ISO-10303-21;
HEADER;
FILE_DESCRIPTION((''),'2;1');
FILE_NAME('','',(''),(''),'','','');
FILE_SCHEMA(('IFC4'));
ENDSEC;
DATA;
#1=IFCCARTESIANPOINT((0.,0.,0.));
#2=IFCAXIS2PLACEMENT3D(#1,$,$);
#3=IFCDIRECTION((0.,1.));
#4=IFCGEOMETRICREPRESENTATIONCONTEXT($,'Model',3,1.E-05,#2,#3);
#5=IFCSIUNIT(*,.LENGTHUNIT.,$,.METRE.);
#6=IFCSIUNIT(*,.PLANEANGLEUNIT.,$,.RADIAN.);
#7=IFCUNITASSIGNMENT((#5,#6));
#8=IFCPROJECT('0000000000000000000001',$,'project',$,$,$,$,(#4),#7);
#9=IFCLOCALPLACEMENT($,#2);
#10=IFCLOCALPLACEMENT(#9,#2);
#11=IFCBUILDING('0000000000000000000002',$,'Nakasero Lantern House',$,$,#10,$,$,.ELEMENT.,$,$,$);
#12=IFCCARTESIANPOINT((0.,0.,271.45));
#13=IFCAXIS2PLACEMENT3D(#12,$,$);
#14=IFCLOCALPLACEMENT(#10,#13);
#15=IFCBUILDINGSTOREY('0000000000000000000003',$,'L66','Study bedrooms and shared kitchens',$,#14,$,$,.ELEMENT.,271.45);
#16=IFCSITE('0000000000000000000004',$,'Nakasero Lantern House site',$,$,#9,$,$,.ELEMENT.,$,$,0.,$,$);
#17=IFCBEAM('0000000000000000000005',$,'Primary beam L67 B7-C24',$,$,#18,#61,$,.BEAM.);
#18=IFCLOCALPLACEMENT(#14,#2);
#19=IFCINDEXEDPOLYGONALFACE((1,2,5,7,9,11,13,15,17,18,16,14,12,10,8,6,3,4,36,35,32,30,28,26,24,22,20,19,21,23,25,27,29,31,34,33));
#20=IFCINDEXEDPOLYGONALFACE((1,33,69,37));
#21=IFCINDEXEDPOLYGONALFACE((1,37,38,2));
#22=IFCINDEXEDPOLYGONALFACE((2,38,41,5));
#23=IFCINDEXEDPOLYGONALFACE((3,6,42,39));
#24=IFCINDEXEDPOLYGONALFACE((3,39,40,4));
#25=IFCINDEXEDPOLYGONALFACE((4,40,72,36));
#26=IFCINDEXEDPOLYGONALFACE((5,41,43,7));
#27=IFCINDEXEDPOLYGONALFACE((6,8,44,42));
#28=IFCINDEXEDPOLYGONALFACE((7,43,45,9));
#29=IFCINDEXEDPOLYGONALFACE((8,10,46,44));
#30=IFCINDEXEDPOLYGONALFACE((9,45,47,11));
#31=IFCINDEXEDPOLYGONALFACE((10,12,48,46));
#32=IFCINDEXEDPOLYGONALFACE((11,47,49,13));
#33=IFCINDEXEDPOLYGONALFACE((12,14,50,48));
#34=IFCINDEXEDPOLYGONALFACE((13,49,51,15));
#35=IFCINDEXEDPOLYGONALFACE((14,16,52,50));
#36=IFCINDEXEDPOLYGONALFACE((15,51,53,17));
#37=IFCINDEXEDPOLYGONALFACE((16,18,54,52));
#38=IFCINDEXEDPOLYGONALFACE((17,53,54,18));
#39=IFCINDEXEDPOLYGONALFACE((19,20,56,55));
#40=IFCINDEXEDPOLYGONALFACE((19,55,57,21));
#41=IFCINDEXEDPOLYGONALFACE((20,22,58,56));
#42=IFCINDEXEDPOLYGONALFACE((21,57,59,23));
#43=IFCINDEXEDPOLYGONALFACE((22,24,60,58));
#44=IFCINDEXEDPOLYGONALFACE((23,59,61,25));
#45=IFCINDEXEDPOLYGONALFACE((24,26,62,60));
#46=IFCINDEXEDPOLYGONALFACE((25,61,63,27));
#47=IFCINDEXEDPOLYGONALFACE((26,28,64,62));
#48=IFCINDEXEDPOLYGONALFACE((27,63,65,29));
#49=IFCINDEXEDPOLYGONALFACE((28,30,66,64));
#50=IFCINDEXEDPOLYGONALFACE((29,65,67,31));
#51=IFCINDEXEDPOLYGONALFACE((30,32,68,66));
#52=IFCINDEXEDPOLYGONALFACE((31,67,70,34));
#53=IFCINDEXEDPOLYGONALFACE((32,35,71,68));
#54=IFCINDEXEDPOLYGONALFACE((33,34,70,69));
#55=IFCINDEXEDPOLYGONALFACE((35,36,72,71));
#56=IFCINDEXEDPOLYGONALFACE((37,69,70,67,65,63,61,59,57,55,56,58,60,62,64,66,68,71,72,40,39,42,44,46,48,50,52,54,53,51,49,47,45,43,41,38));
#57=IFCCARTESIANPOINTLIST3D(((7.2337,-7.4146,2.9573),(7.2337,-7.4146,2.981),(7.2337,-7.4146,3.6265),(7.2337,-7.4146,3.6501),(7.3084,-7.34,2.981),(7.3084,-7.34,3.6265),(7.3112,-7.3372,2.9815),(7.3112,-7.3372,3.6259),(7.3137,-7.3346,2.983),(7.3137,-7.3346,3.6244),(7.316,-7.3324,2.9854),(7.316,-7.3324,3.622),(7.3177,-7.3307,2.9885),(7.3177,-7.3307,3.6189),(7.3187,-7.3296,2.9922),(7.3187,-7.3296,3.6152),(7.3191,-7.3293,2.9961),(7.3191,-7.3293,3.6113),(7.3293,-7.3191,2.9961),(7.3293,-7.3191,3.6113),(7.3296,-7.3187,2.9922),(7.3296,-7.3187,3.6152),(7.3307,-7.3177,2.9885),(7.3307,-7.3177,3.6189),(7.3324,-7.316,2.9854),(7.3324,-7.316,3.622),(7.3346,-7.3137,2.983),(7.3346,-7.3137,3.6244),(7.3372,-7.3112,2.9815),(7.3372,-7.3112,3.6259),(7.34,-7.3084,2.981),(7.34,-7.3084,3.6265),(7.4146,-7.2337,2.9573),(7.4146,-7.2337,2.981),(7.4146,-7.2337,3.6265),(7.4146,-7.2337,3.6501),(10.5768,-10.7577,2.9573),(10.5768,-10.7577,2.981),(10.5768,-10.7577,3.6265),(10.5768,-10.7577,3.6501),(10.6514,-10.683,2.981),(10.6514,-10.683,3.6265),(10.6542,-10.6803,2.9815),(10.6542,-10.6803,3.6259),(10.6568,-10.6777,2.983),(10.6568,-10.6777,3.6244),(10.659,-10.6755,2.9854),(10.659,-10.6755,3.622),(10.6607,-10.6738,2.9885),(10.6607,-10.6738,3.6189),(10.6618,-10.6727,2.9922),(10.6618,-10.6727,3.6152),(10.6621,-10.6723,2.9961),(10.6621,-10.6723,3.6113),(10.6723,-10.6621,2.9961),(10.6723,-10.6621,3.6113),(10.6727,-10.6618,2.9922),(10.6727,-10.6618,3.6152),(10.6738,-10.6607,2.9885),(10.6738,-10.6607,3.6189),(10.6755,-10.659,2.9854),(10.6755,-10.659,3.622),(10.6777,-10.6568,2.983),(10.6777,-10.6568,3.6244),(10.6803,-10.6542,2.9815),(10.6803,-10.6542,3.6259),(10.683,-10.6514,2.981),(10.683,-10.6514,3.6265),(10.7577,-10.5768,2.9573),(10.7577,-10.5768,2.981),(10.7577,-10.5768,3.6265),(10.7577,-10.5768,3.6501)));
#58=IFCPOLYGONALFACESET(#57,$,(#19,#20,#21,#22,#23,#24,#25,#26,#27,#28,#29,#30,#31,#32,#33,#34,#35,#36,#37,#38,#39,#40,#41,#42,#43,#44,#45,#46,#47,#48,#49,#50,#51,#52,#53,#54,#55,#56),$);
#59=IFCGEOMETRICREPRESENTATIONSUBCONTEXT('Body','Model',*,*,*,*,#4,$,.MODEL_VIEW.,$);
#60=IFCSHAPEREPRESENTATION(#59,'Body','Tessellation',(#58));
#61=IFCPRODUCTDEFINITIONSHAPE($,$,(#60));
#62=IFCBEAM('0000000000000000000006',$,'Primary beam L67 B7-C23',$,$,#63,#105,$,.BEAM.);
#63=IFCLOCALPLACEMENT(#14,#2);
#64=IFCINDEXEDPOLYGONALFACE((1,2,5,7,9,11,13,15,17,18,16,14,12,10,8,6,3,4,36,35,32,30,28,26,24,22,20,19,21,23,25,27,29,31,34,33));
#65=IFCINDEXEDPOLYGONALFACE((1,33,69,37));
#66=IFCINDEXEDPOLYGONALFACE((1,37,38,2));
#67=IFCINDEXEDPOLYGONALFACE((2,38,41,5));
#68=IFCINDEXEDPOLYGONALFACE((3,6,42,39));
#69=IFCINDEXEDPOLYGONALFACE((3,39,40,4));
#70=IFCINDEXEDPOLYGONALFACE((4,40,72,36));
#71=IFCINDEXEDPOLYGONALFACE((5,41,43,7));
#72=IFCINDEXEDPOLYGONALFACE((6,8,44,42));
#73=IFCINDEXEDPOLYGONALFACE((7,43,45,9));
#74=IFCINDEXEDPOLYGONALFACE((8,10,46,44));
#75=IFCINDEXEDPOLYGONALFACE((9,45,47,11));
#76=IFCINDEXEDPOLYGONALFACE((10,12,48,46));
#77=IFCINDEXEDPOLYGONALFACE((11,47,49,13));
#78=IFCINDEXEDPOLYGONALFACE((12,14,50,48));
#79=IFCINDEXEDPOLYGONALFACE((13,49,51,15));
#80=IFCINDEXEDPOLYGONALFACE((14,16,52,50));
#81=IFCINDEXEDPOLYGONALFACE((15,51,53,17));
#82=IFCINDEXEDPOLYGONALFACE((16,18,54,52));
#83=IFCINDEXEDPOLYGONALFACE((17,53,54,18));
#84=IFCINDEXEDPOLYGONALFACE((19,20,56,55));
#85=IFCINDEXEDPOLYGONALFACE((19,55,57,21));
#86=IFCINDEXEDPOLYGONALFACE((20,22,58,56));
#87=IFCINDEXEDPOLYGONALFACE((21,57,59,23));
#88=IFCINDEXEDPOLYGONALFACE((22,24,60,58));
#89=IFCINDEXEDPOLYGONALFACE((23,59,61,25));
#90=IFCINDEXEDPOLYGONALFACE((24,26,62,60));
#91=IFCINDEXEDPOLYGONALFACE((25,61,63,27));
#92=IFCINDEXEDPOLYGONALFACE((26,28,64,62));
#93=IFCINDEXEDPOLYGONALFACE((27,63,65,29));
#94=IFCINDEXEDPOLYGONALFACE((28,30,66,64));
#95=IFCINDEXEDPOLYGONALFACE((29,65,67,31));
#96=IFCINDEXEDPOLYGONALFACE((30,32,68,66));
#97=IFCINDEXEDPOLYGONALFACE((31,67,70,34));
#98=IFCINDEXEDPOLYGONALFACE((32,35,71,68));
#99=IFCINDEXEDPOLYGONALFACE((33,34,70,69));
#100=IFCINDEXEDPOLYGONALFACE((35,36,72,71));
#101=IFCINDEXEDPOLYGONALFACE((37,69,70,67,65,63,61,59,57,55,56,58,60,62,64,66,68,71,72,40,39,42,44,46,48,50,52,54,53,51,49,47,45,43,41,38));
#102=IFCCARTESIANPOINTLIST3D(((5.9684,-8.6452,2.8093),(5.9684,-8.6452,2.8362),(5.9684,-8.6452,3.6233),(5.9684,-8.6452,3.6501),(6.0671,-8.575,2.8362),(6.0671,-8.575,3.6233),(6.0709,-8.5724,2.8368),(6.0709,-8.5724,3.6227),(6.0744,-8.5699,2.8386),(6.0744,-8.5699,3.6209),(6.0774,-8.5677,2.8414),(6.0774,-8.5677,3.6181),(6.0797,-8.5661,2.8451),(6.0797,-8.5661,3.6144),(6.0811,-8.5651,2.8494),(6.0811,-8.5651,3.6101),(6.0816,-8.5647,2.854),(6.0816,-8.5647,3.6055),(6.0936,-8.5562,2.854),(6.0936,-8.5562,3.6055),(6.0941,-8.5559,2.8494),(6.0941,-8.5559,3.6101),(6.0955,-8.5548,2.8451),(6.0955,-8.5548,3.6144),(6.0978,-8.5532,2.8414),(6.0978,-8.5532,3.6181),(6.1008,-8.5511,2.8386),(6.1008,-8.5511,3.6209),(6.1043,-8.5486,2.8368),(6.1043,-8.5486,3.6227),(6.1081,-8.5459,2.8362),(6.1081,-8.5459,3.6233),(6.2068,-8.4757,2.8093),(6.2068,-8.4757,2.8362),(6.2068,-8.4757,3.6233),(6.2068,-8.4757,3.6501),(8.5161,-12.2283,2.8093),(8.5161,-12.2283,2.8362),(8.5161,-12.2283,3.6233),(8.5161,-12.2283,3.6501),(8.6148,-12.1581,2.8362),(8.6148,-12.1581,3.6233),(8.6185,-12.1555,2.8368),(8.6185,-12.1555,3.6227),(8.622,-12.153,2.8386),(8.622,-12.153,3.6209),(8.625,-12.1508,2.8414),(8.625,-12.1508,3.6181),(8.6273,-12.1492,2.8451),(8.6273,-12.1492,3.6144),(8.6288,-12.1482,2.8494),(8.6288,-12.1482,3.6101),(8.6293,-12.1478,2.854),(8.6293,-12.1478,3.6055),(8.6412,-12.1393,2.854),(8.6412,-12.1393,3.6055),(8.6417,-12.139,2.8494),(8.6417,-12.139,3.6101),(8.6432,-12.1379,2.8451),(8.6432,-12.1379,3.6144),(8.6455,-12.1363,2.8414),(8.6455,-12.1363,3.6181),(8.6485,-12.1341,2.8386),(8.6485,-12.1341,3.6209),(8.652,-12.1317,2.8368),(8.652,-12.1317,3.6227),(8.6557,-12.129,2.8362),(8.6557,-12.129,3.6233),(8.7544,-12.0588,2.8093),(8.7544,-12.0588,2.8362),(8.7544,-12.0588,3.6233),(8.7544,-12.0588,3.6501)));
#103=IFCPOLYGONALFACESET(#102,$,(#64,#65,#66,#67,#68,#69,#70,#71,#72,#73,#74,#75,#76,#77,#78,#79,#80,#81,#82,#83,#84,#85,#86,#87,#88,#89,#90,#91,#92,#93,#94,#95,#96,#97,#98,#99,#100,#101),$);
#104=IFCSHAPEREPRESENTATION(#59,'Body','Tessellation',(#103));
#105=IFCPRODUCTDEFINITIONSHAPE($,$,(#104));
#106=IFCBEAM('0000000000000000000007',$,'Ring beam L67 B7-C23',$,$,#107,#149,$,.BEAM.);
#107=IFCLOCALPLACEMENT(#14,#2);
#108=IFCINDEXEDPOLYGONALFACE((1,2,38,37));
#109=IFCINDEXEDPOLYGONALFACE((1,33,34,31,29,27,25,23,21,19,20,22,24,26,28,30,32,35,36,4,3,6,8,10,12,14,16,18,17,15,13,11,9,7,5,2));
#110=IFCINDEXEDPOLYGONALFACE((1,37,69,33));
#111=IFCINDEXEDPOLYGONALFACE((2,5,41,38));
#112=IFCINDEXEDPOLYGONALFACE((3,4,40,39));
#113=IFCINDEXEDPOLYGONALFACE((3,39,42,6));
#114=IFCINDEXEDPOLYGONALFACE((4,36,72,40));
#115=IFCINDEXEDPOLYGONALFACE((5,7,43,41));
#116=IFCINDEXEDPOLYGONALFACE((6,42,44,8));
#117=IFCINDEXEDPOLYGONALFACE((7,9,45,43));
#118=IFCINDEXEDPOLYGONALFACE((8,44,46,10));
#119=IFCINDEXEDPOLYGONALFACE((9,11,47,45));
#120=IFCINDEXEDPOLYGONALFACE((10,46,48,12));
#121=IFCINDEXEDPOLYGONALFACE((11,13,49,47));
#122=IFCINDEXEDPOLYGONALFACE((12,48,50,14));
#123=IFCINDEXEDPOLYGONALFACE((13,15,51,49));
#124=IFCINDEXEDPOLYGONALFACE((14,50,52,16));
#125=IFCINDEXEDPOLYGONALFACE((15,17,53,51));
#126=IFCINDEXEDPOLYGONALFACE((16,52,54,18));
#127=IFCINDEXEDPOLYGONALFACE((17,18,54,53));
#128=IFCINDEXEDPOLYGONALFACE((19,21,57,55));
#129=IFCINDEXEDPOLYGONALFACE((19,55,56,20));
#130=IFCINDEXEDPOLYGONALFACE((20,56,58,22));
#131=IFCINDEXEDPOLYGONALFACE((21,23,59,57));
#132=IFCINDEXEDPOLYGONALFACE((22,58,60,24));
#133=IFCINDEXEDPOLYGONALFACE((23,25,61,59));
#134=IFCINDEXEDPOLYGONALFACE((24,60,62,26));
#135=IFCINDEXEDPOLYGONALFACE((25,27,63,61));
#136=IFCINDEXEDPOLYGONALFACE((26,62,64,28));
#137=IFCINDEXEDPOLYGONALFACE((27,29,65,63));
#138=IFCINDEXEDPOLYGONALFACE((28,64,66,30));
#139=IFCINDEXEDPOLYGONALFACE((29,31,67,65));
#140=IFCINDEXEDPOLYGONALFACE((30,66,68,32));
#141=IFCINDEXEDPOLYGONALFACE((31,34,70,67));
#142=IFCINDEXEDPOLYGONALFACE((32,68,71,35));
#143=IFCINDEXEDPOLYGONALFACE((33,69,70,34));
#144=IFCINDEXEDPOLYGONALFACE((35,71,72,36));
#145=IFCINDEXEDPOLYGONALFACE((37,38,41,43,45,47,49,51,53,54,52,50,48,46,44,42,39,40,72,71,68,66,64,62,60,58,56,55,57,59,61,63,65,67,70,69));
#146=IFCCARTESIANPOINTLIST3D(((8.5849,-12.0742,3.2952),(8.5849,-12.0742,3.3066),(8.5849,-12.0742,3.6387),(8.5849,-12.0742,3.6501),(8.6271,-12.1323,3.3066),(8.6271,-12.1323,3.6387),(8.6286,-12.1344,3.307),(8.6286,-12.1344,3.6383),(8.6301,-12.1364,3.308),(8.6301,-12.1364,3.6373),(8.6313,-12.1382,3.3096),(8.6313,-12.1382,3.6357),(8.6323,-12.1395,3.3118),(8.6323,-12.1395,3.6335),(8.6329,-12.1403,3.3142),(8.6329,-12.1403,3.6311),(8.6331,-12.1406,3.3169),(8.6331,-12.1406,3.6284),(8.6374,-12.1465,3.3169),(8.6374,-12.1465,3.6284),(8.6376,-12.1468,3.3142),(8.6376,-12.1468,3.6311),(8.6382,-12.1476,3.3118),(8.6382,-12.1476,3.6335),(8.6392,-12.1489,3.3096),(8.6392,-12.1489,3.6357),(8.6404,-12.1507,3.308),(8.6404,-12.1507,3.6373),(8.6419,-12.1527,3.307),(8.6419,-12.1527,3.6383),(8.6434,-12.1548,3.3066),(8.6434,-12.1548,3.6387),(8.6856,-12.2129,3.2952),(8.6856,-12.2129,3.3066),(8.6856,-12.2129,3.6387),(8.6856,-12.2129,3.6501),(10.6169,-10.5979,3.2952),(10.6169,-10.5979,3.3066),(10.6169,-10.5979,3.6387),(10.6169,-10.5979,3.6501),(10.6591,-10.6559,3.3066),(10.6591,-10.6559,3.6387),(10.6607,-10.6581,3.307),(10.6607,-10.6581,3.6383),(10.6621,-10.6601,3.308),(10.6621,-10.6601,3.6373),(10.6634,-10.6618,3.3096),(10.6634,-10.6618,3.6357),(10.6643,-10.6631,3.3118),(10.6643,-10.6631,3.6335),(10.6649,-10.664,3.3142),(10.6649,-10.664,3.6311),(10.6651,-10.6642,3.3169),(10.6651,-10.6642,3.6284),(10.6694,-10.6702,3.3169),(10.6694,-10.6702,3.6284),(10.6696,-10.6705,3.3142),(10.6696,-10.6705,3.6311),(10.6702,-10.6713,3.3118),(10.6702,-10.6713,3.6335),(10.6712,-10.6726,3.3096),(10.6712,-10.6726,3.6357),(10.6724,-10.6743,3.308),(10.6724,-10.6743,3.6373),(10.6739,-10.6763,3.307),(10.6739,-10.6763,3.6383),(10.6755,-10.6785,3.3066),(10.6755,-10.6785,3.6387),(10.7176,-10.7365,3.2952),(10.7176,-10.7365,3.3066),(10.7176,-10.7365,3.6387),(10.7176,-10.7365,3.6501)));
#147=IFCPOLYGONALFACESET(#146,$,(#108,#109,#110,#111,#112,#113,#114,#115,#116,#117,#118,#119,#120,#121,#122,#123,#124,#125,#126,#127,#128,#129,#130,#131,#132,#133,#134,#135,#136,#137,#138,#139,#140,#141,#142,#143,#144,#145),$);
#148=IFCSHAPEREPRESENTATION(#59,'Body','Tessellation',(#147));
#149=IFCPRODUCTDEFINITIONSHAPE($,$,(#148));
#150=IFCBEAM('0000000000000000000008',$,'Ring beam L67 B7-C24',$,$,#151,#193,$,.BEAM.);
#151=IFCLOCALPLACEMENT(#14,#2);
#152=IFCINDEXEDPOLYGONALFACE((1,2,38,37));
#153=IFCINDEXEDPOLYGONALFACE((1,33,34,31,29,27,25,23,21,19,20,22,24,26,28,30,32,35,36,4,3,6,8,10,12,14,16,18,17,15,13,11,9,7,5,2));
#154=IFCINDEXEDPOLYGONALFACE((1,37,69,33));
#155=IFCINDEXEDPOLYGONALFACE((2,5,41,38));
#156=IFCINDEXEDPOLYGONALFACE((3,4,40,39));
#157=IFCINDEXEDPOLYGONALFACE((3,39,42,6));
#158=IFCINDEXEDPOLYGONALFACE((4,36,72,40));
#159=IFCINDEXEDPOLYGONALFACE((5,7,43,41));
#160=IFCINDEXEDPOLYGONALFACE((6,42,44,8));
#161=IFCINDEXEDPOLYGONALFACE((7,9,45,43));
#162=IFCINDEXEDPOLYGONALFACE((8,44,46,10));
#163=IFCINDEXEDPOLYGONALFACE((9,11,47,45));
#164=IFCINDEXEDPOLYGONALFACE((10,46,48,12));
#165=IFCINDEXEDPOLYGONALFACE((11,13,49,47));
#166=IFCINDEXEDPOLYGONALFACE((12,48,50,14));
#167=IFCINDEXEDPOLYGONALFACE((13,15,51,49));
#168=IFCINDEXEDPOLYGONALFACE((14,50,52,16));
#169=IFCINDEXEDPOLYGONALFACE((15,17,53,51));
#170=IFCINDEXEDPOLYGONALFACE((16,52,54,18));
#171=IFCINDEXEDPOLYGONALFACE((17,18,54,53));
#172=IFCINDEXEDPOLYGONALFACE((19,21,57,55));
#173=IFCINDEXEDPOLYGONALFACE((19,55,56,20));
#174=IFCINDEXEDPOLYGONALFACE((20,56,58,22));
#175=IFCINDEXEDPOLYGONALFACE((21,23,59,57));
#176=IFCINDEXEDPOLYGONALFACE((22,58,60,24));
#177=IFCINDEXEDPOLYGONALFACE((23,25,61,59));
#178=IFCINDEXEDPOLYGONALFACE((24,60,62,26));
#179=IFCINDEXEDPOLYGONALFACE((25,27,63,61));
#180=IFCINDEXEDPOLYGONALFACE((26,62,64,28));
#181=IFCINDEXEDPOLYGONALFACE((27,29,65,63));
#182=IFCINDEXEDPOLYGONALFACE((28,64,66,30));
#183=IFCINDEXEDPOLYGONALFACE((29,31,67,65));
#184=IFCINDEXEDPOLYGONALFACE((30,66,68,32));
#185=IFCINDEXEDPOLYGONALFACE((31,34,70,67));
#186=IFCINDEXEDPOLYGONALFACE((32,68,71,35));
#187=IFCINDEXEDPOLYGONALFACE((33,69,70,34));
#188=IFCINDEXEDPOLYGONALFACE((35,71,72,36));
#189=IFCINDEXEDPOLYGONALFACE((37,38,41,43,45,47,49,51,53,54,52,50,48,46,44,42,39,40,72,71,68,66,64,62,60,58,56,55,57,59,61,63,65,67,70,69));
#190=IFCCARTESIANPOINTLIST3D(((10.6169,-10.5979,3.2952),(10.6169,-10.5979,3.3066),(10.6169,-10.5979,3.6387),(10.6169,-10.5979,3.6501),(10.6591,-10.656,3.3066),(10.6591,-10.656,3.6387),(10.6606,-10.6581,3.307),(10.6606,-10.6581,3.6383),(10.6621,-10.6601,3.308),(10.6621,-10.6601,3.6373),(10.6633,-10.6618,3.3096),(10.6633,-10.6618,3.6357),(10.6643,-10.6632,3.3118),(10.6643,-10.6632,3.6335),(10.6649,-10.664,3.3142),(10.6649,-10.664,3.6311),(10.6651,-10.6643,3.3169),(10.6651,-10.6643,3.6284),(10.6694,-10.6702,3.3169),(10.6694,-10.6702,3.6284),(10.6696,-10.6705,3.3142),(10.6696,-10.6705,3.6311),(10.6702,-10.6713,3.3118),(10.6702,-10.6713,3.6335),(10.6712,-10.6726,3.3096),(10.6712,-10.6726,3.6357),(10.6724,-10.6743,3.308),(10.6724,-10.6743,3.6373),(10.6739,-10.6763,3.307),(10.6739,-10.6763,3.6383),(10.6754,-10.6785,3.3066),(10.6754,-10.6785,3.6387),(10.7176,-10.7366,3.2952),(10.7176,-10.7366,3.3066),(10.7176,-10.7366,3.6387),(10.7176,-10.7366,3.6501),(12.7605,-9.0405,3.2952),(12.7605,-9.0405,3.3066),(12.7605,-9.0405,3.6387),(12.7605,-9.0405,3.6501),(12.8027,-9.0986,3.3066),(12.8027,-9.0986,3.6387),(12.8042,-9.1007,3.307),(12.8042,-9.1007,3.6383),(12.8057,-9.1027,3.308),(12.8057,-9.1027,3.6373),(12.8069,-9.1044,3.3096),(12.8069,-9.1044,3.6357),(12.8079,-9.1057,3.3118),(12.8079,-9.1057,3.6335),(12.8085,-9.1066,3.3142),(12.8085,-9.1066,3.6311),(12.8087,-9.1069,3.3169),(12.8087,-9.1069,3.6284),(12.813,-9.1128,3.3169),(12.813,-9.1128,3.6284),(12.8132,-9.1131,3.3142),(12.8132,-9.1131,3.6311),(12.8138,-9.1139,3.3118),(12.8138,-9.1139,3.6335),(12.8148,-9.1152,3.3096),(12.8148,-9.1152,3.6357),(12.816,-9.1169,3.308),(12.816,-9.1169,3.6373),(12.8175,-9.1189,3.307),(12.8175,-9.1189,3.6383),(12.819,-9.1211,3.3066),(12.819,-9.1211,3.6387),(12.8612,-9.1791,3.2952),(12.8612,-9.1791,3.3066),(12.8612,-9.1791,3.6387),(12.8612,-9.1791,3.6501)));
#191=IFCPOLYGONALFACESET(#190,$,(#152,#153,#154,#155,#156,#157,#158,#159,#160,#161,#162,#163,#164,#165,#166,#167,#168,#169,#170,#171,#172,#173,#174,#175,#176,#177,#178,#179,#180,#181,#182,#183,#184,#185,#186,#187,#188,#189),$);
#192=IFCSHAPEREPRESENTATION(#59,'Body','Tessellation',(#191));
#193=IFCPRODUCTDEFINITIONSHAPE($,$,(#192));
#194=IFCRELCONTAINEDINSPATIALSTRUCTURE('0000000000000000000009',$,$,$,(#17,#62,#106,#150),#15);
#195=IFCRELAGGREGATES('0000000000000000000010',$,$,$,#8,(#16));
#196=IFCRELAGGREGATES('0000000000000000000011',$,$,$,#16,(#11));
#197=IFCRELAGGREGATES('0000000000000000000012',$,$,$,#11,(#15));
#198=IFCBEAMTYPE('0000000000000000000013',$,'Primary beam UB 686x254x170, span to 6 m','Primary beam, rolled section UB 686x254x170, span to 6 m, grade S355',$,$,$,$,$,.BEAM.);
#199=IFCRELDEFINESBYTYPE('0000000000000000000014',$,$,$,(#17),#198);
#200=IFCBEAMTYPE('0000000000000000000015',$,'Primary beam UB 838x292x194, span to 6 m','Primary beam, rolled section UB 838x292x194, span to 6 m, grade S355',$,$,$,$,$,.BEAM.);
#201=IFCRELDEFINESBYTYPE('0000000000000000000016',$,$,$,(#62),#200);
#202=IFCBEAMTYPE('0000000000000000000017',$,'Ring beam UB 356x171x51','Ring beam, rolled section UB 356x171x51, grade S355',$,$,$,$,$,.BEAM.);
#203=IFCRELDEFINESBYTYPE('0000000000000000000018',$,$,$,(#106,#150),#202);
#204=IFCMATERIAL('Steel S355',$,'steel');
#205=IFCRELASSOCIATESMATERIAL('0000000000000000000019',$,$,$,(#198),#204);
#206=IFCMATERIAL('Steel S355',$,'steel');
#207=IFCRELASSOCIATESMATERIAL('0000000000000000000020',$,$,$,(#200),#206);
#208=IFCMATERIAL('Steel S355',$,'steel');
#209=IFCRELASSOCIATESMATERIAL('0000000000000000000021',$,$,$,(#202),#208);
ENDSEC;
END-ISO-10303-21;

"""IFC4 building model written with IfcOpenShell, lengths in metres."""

from ifc_helpers import new_model, si_unit, direction, frame, origin, origin_2d, place, context, subcontext, project, spatial, i_section, extrude, material, material_profile, profile_set, type_object, element, save


model = new_model("IFC4")

# Units and contexts
model_context = context("Model", 3, precision=1e-05, world=origin(), true_north=direction((0.0, 1.0)))
body_context = subcontext(model_context, "Body", "Model", "MODEL_VIEW")
ifc_project = project(units=[si_unit("LENGTHUNIT", "METRE"), si_unit("PLANEANGLEUNIT", "RADIAN")], contexts=[model_context])

# Site, building, storey
site_placement = place(None, origin())
site = spatial("IfcSite", under=ifc_project, at=site_placement, Name="Nakasero Lantern House site", CompositionType="ELEMENT", RefElevation=0.0)
building_placement = place(site_placement, origin())
building = spatial("IfcBuilding", under=site, at=building_placement, Name="Nakasero Lantern House", CompositionType="ELEMENT")
storey_placement = place(building_placement, frame((0.0, 0.0, 271.45)))
storey = spatial("IfcBuildingStorey", under=building, at=storey_placement, Name="L66", Description="Study bedrooms and shared kitchens", CompositionType="ELEMENT", Elevation=271.45)

# Beams
ifc_material_1 = material(Name="Steel S355", Category="steel")
ifc_material_profile_1 = material_profile(ifc_material_1, i_section(OverallWidth=0.2559, OverallDepth=0.6929, WebThickness=0.0144, FlangeThickness=0.0237, FilletRadius=0.0151, at=origin_2d()), Name="UB 686x254x170")
ifc_profile_set_1 = profile_set([ifc_material_profile_1], Name="Steel S355")
beam_type_1 = type_object("IfcBeamType", Name="Primary beam UB 686x254x170, span to 6 m", Description="Primary beam, rolled section UB 686x254x170, span to 6 m, grade S355", PredefinedType="BEAM", material=ifc_profile_set_1)
beam_1_placement = place(storey_placement, frame((10.6672, -10.6672, 3.3037), z_axis=(-0.707107, 0.707107, 0.0), x_axis=(-0.707107, -0.707107, 0.0)))
element("IfcBeam", 1, at=beam_1_placement, inside=storey, type_object=beam_type_1, Name="Primary beam L67 B7-C24", PredefinedType="BEAM", context=body_context, shape_type="SweptSolid", body=[
    extrude(i_section(OverallWidth=0.2559, OverallDepth=0.6929, WebThickness=0.0144, FlangeThickness=0.0237, FilletRadius=0.0151, at=origin_2d()), origin(), (0.0, 0.0, 1.0), 4.7278),
])
ifc_material_2 = material(Name="Steel S355", Category="steel")
ifc_material_profile_2 = material_profile(ifc_material_2, i_section(OverallWidth=0.2925, OverallDepth=0.8408, WebThickness=0.0146, FlangeThickness=0.0269, FilletRadius=0.0178, at=origin_2d()), Name="UB 838x292x194")
ifc_profile_set_2 = profile_set([ifc_material_profile_2], Name="Steel S355")
beam_type_2 = type_object("IfcBeamType", Name="Primary beam UB 838x292x194, span to 6 m", Description="Primary beam, rolled section UB 838x292x194, span to 6 m, grade S355", PredefinedType="BEAM", material=ifc_profile_set_2)
beam_2_placement = place(storey_placement, frame((8.6353, -12.1436, 3.2297), z_axis=(-0.579477, 0.814989, 0.0), x_axis=(-0.814989, -0.579477, 0.0)))
element("IfcBeam", 2, at=beam_2_placement, inside=storey, type_object=beam_type_2, Name="Primary beam L67 B7-C23", PredefinedType="BEAM", context=body_context, shape_type="SweptSolid", body=[
    extrude(i_section(OverallWidth=0.2925, OverallDepth=0.8408, WebThickness=0.0146, FlangeThickness=0.0269, FilletRadius=0.0178, at=origin_2d()), origin(), (0.0, 0.0, 1.0), 4.3965),
])
ifc_material_3 = material(Name="Steel S355", Category="steel")
ifc_material_profile_3 = material_profile(ifc_material_3, i_section(OverallWidth=0.1714, OverallDepth=0.355, WebThickness=0.0073, FlangeThickness=0.0115, FilletRadius=0.0103, at=origin_2d()), Name="UB 356x171x51")
ifc_profile_set_3 = profile_set([ifc_material_profile_3], Name="Steel S355")
beam_type_3 = type_object("IfcBeamType", Name="Ring beam UB 356x171x51", Description="Ring beam, rolled section UB 356x171x51, grade S355", PredefinedType="BEAM", material=ifc_profile_set_3)
beam_3_placement = place(storey_placement, frame((8.6353, -12.1436, 3.4727), z_axis=(0.809018, 0.587784, 0.0), x_axis=(-0.587784, 0.809018, 0.0)))
element("IfcBeam", 3, at=beam_3_placement, inside=storey, type_object=beam_type_3, Name="Ring beam L67 B7-C23", PredefinedType="BEAM", context=body_context, shape_type="SweptSolid", body=[
    extrude(i_section(OverallWidth=0.1714, OverallDepth=0.355, WebThickness=0.0073, FlangeThickness=0.0115, FilletRadius=0.0103, at=origin_2d()), origin(), (0.0, 0.0, 1.0), 2.5117),
])
beam_4_placement = place(storey_placement, frame((10.6672, -10.6672, 3.4727), z_axis=(0.809019, 0.587783, 0.0), x_axis=(-0.587783, 0.809019, 0.0)))
element("IfcBeam", 4, at=beam_4_placement, inside=storey, type_object=beam_type_3, Name="Ring beam L67 B7-C24", PredefinedType="BEAM", context=body_context, shape_type="SweptSolid", body=[
    extrude(i_section(OverallWidth=0.1714, OverallDepth=0.355, WebThickness=0.0073, FlangeThickness=0.0115, FilletRadius=0.0103, at=origin_2d()), origin(), (0.0, 0.0, 1.0), 2.6497),
])

save(model, "model.ifc")
